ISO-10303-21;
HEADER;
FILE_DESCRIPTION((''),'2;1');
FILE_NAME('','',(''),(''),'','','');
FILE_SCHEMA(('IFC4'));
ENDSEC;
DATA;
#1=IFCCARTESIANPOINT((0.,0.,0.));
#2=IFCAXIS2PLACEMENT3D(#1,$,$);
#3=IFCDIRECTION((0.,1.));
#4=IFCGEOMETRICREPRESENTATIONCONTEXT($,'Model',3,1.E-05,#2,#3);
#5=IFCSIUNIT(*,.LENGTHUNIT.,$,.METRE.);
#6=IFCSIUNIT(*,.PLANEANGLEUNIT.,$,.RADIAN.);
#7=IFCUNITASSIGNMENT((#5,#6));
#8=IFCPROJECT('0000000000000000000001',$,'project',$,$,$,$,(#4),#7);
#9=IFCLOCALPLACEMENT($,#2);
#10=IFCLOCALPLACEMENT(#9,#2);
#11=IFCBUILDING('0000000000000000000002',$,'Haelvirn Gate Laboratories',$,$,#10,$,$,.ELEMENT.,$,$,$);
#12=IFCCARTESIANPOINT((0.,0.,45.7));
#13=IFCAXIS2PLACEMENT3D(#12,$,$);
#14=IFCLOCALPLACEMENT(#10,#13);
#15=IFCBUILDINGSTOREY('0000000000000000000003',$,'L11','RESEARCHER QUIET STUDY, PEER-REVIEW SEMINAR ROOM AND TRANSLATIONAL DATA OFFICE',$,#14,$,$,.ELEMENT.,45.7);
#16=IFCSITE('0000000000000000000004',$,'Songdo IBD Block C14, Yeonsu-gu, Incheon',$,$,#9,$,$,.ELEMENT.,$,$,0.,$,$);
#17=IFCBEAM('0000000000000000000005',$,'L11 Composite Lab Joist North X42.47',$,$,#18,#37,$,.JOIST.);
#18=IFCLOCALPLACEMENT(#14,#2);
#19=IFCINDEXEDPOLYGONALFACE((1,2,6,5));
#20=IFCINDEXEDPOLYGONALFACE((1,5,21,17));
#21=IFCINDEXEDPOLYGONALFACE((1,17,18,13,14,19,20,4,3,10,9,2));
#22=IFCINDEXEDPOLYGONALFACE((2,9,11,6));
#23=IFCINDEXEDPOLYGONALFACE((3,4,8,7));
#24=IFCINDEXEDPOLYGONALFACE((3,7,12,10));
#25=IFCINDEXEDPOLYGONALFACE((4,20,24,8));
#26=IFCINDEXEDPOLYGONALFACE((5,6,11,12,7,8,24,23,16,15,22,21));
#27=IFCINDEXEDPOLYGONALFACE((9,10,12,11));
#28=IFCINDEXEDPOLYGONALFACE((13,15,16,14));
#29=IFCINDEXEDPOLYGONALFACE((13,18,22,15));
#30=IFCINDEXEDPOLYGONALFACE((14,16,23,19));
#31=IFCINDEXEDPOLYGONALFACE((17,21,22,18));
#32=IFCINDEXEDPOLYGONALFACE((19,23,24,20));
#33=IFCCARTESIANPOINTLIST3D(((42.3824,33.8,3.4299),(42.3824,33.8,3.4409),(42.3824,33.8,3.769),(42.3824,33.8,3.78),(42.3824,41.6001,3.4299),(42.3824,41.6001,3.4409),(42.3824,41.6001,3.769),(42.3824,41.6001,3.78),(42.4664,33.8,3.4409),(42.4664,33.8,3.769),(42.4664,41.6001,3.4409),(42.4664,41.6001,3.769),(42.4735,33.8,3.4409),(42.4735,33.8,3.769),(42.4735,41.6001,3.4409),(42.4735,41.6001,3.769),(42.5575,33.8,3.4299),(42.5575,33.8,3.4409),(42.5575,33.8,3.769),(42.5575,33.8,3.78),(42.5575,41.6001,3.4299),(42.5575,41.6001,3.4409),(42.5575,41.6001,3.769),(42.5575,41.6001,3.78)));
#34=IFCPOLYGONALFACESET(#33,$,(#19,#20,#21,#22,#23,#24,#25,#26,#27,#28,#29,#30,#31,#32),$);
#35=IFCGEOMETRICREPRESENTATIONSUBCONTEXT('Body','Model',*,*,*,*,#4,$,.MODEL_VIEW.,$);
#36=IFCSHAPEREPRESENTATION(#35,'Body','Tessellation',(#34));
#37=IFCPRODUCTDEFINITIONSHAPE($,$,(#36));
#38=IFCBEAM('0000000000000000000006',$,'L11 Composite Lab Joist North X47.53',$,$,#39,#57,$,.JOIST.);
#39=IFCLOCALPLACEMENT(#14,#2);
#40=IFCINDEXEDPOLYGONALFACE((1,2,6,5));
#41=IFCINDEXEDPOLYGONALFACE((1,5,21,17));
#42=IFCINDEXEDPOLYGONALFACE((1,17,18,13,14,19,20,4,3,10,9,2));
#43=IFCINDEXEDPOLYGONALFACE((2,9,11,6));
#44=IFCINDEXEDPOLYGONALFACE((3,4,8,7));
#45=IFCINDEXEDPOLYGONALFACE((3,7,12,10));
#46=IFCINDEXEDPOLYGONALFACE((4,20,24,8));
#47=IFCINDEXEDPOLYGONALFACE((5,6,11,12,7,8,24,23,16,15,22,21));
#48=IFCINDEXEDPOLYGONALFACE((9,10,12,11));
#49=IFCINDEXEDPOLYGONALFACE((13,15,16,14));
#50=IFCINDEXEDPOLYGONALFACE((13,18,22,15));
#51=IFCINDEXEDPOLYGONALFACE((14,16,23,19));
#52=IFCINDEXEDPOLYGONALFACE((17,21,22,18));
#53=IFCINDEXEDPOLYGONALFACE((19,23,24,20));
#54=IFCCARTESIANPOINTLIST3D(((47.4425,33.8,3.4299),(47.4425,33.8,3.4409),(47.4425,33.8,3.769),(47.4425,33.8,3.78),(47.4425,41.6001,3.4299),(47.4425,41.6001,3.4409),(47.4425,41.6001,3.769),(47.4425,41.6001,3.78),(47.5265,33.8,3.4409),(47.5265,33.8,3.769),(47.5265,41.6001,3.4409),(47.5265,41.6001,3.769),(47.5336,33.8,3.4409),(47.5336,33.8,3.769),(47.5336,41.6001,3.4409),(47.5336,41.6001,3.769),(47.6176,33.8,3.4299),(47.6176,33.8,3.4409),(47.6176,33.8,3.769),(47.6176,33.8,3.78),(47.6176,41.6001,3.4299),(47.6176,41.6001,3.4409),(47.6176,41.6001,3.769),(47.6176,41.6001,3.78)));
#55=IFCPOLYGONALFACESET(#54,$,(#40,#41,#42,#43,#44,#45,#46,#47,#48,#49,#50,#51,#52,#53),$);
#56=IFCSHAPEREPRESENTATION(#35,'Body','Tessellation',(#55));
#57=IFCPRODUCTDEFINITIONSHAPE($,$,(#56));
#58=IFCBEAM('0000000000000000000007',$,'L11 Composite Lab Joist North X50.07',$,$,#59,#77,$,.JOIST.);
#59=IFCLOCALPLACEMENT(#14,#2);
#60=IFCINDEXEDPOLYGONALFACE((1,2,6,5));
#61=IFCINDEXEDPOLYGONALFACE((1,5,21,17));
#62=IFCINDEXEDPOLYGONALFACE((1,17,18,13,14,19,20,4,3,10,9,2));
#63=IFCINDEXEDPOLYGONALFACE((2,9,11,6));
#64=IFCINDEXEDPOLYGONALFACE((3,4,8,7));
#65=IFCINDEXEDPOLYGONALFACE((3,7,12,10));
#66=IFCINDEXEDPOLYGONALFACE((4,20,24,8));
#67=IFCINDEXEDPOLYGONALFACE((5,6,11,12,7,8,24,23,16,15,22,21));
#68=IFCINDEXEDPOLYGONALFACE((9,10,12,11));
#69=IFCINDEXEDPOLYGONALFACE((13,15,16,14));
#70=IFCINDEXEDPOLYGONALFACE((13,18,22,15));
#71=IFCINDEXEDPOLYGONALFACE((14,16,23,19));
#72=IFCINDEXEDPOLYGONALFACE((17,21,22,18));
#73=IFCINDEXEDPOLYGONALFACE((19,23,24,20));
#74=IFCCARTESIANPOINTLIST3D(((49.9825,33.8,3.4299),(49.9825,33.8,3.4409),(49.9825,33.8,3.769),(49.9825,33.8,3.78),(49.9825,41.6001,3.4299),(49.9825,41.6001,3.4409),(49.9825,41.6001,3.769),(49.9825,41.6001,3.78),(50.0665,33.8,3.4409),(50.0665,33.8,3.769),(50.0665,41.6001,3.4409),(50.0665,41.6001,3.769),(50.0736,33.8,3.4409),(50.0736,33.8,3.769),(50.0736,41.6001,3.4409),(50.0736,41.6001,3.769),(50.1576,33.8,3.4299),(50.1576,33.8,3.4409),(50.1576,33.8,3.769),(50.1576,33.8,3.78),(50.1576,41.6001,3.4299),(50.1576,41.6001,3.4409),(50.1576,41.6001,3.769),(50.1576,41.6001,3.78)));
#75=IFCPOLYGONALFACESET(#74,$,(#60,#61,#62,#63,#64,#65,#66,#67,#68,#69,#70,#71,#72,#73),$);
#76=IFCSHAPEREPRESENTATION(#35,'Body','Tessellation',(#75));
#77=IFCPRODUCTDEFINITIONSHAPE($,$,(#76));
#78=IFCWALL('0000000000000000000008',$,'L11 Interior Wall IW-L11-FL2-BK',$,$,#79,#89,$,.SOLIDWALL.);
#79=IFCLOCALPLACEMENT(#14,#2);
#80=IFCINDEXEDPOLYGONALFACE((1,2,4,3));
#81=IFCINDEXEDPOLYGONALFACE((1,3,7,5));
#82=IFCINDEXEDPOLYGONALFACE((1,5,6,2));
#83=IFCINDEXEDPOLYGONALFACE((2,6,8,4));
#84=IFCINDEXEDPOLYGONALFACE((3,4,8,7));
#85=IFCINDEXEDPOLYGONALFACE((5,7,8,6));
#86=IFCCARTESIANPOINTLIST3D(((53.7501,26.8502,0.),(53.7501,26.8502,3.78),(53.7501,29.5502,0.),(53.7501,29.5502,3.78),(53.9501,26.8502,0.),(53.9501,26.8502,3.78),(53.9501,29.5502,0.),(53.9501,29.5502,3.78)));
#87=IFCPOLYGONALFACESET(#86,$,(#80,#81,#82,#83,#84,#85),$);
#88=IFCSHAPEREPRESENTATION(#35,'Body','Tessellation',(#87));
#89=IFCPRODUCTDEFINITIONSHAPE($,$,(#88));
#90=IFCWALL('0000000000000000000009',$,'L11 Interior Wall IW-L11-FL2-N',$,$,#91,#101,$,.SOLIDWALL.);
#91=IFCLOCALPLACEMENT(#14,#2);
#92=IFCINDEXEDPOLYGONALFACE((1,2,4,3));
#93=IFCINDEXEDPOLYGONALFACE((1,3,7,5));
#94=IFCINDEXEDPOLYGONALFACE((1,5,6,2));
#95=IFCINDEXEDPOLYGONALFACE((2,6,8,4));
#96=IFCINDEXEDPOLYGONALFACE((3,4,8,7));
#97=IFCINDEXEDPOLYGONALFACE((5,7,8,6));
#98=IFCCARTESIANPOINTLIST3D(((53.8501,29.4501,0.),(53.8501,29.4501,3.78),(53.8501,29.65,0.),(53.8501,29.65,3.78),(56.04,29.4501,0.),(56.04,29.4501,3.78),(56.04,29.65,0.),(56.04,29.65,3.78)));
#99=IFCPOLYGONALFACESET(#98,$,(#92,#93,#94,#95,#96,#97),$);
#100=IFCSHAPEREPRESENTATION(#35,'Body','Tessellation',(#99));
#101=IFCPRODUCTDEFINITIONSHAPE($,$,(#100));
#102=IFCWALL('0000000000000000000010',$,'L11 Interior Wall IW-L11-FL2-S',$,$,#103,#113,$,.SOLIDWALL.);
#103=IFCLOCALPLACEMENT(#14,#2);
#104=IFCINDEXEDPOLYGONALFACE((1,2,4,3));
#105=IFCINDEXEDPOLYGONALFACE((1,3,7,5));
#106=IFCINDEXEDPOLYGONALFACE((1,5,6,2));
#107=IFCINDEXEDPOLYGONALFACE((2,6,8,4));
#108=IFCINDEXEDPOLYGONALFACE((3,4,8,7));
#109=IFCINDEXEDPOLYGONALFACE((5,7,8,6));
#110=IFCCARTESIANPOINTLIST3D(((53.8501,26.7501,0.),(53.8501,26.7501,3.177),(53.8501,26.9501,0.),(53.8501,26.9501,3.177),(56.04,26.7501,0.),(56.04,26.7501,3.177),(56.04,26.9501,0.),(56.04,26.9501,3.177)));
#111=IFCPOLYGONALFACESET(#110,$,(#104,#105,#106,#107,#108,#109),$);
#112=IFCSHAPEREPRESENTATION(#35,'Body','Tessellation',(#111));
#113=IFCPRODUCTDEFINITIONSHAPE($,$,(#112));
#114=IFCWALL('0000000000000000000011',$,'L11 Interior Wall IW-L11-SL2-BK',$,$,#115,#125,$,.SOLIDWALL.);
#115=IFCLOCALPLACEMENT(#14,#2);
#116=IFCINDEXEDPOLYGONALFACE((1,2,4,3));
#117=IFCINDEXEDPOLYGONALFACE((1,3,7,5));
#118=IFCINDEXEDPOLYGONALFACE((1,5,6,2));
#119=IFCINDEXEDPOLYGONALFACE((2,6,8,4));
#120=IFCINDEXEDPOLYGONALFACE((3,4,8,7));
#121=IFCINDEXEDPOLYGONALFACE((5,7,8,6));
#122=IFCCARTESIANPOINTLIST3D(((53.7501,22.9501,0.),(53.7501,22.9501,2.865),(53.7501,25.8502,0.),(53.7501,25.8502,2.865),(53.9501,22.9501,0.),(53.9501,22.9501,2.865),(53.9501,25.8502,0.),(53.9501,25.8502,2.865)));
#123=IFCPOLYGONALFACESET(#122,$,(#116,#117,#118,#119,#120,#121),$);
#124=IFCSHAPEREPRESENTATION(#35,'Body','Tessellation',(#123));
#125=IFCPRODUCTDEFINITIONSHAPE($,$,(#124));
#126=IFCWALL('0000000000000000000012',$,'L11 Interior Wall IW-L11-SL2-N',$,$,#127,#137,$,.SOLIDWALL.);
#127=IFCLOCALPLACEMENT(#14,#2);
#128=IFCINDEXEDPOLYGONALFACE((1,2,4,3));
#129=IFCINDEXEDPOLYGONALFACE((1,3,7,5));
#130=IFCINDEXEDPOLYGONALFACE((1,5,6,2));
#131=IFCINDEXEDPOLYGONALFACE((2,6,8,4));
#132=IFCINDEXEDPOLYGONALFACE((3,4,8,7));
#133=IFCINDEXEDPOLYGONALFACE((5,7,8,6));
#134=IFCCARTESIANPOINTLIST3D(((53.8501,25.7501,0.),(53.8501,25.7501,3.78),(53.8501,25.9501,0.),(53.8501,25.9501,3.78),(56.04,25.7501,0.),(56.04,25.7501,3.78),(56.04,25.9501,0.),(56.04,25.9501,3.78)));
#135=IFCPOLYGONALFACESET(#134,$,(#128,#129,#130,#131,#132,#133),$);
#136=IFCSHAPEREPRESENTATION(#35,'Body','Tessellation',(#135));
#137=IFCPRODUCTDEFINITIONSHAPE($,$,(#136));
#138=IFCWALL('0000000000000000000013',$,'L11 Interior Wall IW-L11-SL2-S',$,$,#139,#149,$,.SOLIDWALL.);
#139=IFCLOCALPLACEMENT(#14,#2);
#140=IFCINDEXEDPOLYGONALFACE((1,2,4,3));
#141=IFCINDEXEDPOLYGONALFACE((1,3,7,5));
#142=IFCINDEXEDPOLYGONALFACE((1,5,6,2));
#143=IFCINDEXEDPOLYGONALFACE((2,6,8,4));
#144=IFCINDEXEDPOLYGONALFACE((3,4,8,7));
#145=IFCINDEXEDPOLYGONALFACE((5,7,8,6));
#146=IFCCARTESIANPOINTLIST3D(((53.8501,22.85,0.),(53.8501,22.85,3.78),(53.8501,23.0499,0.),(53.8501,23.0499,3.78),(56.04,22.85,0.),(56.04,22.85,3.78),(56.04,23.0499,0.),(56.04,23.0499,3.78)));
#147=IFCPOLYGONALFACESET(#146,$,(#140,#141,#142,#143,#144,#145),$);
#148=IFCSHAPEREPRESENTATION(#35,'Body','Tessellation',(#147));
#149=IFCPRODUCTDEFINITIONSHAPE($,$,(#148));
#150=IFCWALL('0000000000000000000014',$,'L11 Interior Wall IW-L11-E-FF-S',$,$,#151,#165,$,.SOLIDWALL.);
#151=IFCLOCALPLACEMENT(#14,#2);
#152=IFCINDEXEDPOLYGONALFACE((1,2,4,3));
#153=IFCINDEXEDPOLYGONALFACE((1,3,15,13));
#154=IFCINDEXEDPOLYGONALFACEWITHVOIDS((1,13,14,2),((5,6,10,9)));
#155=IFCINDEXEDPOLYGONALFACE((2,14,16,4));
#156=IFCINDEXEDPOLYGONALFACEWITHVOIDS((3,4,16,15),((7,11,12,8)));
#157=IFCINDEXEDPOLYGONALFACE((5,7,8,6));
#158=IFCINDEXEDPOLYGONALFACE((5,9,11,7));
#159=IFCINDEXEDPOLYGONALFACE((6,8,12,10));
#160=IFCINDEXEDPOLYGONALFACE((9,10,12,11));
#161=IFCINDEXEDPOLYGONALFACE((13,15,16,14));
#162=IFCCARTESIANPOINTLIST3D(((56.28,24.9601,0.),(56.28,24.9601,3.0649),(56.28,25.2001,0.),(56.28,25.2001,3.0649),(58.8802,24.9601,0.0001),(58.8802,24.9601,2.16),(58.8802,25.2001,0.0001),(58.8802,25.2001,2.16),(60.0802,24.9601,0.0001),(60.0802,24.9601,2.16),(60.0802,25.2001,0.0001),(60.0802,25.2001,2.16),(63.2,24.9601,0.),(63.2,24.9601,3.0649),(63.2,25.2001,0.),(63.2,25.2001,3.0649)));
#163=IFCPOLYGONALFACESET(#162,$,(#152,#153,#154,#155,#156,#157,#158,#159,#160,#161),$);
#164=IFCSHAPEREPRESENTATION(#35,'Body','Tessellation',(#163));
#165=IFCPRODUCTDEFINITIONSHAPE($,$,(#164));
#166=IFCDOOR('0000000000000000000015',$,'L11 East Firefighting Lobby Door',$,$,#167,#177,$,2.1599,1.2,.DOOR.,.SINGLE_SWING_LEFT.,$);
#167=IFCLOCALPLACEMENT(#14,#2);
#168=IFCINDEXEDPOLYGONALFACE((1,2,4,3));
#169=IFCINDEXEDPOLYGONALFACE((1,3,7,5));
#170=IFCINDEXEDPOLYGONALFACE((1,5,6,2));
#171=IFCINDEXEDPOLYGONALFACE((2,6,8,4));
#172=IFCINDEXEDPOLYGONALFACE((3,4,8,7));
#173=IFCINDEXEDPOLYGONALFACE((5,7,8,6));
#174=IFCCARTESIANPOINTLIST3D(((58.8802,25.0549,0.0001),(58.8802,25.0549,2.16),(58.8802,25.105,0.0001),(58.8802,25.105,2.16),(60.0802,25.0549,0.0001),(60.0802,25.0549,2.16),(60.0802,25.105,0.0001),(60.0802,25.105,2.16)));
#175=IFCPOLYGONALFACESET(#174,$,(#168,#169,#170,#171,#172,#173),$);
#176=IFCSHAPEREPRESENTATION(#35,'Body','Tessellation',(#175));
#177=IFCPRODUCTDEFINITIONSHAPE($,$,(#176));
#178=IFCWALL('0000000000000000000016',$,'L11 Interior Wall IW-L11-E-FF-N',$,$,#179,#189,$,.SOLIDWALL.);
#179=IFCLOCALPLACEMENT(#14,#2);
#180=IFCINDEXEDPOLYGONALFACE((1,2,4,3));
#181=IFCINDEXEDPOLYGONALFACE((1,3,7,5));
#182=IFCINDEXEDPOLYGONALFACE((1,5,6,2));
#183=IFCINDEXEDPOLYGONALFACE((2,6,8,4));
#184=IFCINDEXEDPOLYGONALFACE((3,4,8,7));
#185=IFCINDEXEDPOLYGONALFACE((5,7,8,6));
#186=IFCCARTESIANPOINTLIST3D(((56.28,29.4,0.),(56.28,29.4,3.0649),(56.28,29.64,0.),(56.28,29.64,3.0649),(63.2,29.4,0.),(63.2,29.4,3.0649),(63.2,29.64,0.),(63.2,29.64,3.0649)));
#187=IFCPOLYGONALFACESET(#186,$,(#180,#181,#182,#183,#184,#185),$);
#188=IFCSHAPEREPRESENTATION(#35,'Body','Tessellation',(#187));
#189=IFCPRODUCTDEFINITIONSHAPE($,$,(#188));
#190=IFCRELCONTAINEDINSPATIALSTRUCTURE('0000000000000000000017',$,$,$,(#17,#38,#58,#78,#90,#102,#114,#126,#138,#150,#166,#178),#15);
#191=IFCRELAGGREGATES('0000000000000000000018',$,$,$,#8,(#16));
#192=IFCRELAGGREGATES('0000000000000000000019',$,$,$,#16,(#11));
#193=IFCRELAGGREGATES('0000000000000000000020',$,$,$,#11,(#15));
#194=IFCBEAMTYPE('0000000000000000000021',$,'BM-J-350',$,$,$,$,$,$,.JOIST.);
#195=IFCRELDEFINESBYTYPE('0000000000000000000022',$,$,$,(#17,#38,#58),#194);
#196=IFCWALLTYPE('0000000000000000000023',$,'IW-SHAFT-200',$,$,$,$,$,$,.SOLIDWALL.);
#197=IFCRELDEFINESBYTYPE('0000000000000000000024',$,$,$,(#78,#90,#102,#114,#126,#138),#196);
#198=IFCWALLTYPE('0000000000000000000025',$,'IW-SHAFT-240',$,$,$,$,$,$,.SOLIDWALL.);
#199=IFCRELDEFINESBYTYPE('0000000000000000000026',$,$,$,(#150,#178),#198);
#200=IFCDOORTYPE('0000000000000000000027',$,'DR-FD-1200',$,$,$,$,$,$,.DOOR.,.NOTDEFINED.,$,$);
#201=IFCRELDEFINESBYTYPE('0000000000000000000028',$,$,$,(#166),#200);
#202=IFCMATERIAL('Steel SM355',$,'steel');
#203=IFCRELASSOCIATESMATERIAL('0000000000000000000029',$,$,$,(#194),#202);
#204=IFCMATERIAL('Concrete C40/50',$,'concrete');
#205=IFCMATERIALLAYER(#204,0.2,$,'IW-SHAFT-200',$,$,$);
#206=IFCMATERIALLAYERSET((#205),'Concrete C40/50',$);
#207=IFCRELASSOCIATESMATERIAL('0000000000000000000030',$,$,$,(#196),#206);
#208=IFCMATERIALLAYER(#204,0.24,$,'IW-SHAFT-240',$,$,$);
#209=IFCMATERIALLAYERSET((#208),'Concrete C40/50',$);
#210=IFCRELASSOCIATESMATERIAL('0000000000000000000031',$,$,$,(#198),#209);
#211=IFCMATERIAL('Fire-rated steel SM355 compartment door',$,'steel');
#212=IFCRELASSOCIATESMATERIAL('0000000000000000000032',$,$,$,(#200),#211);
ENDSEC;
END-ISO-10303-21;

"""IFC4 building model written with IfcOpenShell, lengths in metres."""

from ifc_helpers import new_model, si_unit, direction, frame, frame_2d, origin, origin_2d, place, context, subcontext, project, spatial, rectangle, i_section, extrude, source, transform, mapped, material, layer, layer_set, material_profile, profile_set, type_object, type_shapes, element, fill, save


model = new_model("IFC4")

# Units and contexts
model_context = context("Model", 3, precision=1e-05, world=origin(), true_north=direction((0.0, 1.0)))
body_context = subcontext(model_context, "Body", "Model", "MODEL_VIEW")
ifc_project = project(units=[si_unit("LENGTHUNIT", "METRE"), si_unit("PLANEANGLEUNIT", "RADIAN")], contexts=[model_context])

# Site, building, storey
site_placement = place(None, origin())
site = spatial("IfcSite", under=ifc_project, at=site_placement, Name="Songdo IBD Block C14, Yeonsu-gu, Incheon", CompositionType="ELEMENT", RefElevation=0.0)
building_placement = place(site_placement, origin())
building = spatial("IfcBuilding", under=site, at=building_placement, Name="Haelvirn Gate Laboratories", CompositionType="ELEMENT")
storey_placement = place(building_placement, frame((0.0, 0.0, 45.7)))
storey = spatial("IfcBuildingStorey", under=building, at=storey_placement, Name="L11", Description="RESEARCHER QUIET STUDY, PEER-REVIEW SEMINAR ROOM AND TRANSLATIONAL DATA OFFICE", CompositionType="ELEMENT", Elevation=45.7)

# Beams
ifc_material_1 = material(Name="Steel SM355", Category="steel")
ifc_material_profile_1 = material_profile(ifc_material_1, i_section(OverallWidth=0.175, OverallDepth=0.3501, WebThickness=0.0071, FlangeThickness=0.011, at=origin_2d()), Name="H-350x175x7x11")
ifc_profile_set_1 = profile_set([ifc_material_profile_1], Name="Steel SM355")
beam_type_1 = type_object("IfcBeamType", Name="BM-J-350", PredefinedType="JOIST", material=ifc_profile_set_1)
shared_shape_1 = source(origin(), body_context, "Body", "SweptSolid", [
    extrude(i_section(OverallWidth=0.175, OverallDepth=0.3501, WebThickness=0.0071, FlangeThickness=0.011, at=origin_2d()), origin(), (0.0, 0.0, 1.0), 7.8),
])
type_shapes(beam_type_1, [shared_shape_1])
for number, where, z_axis, x_axis, name in (
    (1, (42.47, 33.8, 3.605), (0.0, 1.0, 0.0), (-1.0, 0.0, 0.0), "L11 Composite Lab Joist North X42.47"),
    (2, (47.53, 33.8, 3.605), (0.0, 1.0, 0.0), (-1.0, 0.0, 0.0), "L11 Composite Lab Joist North X47.53"),
    (3, (50.0701, 33.8, 3.605), (0.0, 1.0, 0.0), (-1.0, 0.0, 0.0), "L11 Composite Lab Joist North X50.07"),
):
    element("IfcBeam", number, at=place(storey_placement, frame(where, z_axis=z_axis, x_axis=x_axis)), inside=storey, type_object=beam_type_1, Name=name, PredefinedType="JOIST", context=body_context, shape_type="MappedRepresentation", body=[
        mapped(shared_shape_1, transform((0.0, 0.0, 0.0), scale=1.0)),
    ])

# Walls
ifc_material_2 = material(Name="Concrete C40/50", Category="concrete")
ifc_layer_1 = layer(ifc_material_2, 0.2, Name="IW-SHAFT-200")
ifc_layer_set_1 = layer_set([ifc_layer_1], Name="Concrete C40/50")
wall_type_1 = type_object("IfcWallType", Name="IW-SHAFT-200", PredefinedType="SOLIDWALL", material=ifc_layer_set_1)
wall_1_placement = place(storey_placement, frame((53.8501, 26.8501, 0.0), z_axis=(0.0, 0.0, 1.0), x_axis=(0.0, 1.0, 0.0)))
element("IfcWall", 4, at=wall_1_placement, inside=storey, type_object=wall_type_1, Name="L11 Interior Wall IW-L11-FL2-BK", PredefinedType="SOLIDWALL", context=body_context, shape_type="SweptSolid", body=[
    extrude(rectangle(XDim=2.7, YDim=0.2, at=frame_2d((1.3501, 0.0))), origin(), (0.0, 0.0, 1.0), 3.78),
])
wall_2_placement = place(storey_placement, frame((53.8501, 29.55, 0.0), z_axis=(0.0, 0.0, 1.0), x_axis=(1.0, 0.0, 0.0)))
element("IfcWall", 5, at=wall_2_placement, inside=storey, type_object=wall_type_1, Name="L11 Interior Wall IW-L11-FL2-N", PredefinedType="SOLIDWALL", context=body_context, shape_type="SweptSolid", body=[
    extrude(rectangle(XDim=2.1899, YDim=0.2, at=frame_2d((1.095, 0.0))), origin(), (0.0, 0.0, 1.0), 3.78),
])
wall_3_placement = place(storey_placement, frame((53.8501, 26.8501, 0.0), z_axis=(0.0, 0.0, 1.0), x_axis=(1.0, 0.0, 0.0)))
element("IfcWall", 6, at=wall_3_placement, inside=storey, type_object=wall_type_1, Name="L11 Interior Wall IW-L11-FL2-S", PredefinedType="SOLIDWALL", context=body_context, shape_type="SweptSolid", body=[
    extrude(rectangle(XDim=2.1899, YDim=0.2, at=frame_2d((1.095, 0.0))), origin(), (0.0, 0.0, 1.0), 3.177),
])
wall_4_placement = place(storey_placement, frame((53.8501, 22.95, 0.0), z_axis=(0.0, 0.0, 1.0), x_axis=(0.0, 1.0, 0.0)))
element("IfcWall", 7, at=wall_4_placement, inside=storey, type_object=wall_type_1, Name="L11 Interior Wall IW-L11-SL2-BK", PredefinedType="SOLIDWALL", context=body_context, shape_type="SweptSolid", body=[
    extrude(rectangle(XDim=2.9001, YDim=0.2, at=frame_2d((1.4502, 0.0))), origin(), (0.0, 0.0, 1.0), 2.865),
])
for number, where, z_axis, x_axis, name in (
    (8, (53.8501, 25.8501, 0.0), (0.0, 0.0, 1.0), (1.0, 0.0, 0.0), "L11 Interior Wall IW-L11-SL2-N"),
    (9, (53.8501, 22.95, 0.0), (0.0, 0.0, 1.0), (1.0, 0.0, 0.0), "L11 Interior Wall IW-L11-SL2-S"),
):
    element("IfcWall", number, at=place(storey_placement, frame(where, z_axis=z_axis, x_axis=x_axis)), inside=storey, type_object=wall_type_1, Name=name, PredefinedType="SOLIDWALL", context=body_context, shape_type="SweptSolid", body=[
        extrude(rectangle(XDim=2.1899, YDim=0.2, at=frame_2d((1.095, 0.0))), origin(), (0.0, 0.0, 1.0), 3.78),
    ])

# Wall, opening, door
ifc_layer_2 = layer(ifc_material_2, 0.24, Name="IW-SHAFT-240")
ifc_layer_set_2 = layer_set([ifc_layer_2], Name="Concrete C40/50")
wall_type_2 = type_object("IfcWallType", Name="IW-SHAFT-240", PredefinedType="SOLIDWALL", material=ifc_layer_set_2)
wall_5_placement = place(storey_placement, frame((56.28, 25.0801, 0.0), z_axis=(0.0, 0.0, 1.0), x_axis=(1.0, 0.0, 0.0)))
wall_5 = element("IfcWall", 10, at=wall_5_placement, inside=storey, type_object=wall_type_2, Name="L11 Interior Wall IW-L11-E-FF-S", PredefinedType="SOLIDWALL", context=body_context, shape_type="SweptSolid", body=[
    extrude(rectangle(XDim=6.9199, YDim=0.24, at=frame_2d((3.46, 0.0))), origin(), (0.0, 0.0, 1.0), 3.0649),
])
opening_1_placement = place(wall_5_placement, frame((2.6001, 0.0, 0.0)))
opening_1 = element("IfcOpeningElement", 11, at=opening_1_placement, cuts=wall_5, PredefinedType="OPENING", context=body_context, shape_type="SweptSolid", body=[
    extrude(rectangle(XDim=1.2, YDim=2.1599, at=frame_2d((0.6001, 1.0801))), frame((0.0, 0.1299, 0.0), z_axis=(0.0, -1.0, 0.0), x_axis=(1.0, 0.0, 0.0)), (0.0, 0.0, 1.0), 0.26),
])
ifc_material_3 = material(Name="Fire-rated steel SM355 compartment door", Category="steel")
door_type_1 = type_object("IfcDoorType", Name="DR-FD-1200", OperationType="NOTDEFINED", PredefinedType="DOOR", material=ifc_material_3)
shared_shape_2 = source(origin(), body_context, "Body", "SweptSolid", [
    extrude(rectangle(XDim=1.2, YDim=2.1599, at=frame_2d((0.6001, 1.0801))), frame((0.0, 0.0249, 0.0), z_axis=(0.0, -1.0, 0.0), x_axis=(1.0, 0.0, 0.0)), (0.0, 0.0, 1.0), 0.05),
])
type_shapes(door_type_1, [shared_shape_2])
door_1_placement = place(opening_1_placement, origin())
door_1 = element("IfcDoor", 12, at=door_1_placement, inside=storey, type_object=door_type_1, Name="L11 East Firefighting Lobby Door", OperationType="SINGLE_SWING_LEFT", OverallHeight=2.1599, OverallWidth=1.2, PredefinedType="DOOR", context=body_context, shape_type="MappedRepresentation", body=[
    mapped(shared_shape_2, transform((0.0, 0.0, 0.0), scale=1.0)),
])
fill(opening_1, door_1)

# Wall
wall_6_placement = place(storey_placement, frame((56.28, 29.52, 0.0), z_axis=(0.0, 0.0, 1.0), x_axis=(1.0, 0.0, 0.0)))
element("IfcWall", 13, at=wall_6_placement, inside=storey, type_object=wall_type_2, Name="L11 Interior Wall IW-L11-E-FF-N", PredefinedType="SOLIDWALL", context=body_context, shape_type="SweptSolid", body=[
    extrude(rectangle(XDim=6.9199, YDim=0.24, at=frame_2d((3.46, 0.0))), origin(), (0.0, 0.0, 1.0), 3.0649),
])

save(model, "model.ifc")
